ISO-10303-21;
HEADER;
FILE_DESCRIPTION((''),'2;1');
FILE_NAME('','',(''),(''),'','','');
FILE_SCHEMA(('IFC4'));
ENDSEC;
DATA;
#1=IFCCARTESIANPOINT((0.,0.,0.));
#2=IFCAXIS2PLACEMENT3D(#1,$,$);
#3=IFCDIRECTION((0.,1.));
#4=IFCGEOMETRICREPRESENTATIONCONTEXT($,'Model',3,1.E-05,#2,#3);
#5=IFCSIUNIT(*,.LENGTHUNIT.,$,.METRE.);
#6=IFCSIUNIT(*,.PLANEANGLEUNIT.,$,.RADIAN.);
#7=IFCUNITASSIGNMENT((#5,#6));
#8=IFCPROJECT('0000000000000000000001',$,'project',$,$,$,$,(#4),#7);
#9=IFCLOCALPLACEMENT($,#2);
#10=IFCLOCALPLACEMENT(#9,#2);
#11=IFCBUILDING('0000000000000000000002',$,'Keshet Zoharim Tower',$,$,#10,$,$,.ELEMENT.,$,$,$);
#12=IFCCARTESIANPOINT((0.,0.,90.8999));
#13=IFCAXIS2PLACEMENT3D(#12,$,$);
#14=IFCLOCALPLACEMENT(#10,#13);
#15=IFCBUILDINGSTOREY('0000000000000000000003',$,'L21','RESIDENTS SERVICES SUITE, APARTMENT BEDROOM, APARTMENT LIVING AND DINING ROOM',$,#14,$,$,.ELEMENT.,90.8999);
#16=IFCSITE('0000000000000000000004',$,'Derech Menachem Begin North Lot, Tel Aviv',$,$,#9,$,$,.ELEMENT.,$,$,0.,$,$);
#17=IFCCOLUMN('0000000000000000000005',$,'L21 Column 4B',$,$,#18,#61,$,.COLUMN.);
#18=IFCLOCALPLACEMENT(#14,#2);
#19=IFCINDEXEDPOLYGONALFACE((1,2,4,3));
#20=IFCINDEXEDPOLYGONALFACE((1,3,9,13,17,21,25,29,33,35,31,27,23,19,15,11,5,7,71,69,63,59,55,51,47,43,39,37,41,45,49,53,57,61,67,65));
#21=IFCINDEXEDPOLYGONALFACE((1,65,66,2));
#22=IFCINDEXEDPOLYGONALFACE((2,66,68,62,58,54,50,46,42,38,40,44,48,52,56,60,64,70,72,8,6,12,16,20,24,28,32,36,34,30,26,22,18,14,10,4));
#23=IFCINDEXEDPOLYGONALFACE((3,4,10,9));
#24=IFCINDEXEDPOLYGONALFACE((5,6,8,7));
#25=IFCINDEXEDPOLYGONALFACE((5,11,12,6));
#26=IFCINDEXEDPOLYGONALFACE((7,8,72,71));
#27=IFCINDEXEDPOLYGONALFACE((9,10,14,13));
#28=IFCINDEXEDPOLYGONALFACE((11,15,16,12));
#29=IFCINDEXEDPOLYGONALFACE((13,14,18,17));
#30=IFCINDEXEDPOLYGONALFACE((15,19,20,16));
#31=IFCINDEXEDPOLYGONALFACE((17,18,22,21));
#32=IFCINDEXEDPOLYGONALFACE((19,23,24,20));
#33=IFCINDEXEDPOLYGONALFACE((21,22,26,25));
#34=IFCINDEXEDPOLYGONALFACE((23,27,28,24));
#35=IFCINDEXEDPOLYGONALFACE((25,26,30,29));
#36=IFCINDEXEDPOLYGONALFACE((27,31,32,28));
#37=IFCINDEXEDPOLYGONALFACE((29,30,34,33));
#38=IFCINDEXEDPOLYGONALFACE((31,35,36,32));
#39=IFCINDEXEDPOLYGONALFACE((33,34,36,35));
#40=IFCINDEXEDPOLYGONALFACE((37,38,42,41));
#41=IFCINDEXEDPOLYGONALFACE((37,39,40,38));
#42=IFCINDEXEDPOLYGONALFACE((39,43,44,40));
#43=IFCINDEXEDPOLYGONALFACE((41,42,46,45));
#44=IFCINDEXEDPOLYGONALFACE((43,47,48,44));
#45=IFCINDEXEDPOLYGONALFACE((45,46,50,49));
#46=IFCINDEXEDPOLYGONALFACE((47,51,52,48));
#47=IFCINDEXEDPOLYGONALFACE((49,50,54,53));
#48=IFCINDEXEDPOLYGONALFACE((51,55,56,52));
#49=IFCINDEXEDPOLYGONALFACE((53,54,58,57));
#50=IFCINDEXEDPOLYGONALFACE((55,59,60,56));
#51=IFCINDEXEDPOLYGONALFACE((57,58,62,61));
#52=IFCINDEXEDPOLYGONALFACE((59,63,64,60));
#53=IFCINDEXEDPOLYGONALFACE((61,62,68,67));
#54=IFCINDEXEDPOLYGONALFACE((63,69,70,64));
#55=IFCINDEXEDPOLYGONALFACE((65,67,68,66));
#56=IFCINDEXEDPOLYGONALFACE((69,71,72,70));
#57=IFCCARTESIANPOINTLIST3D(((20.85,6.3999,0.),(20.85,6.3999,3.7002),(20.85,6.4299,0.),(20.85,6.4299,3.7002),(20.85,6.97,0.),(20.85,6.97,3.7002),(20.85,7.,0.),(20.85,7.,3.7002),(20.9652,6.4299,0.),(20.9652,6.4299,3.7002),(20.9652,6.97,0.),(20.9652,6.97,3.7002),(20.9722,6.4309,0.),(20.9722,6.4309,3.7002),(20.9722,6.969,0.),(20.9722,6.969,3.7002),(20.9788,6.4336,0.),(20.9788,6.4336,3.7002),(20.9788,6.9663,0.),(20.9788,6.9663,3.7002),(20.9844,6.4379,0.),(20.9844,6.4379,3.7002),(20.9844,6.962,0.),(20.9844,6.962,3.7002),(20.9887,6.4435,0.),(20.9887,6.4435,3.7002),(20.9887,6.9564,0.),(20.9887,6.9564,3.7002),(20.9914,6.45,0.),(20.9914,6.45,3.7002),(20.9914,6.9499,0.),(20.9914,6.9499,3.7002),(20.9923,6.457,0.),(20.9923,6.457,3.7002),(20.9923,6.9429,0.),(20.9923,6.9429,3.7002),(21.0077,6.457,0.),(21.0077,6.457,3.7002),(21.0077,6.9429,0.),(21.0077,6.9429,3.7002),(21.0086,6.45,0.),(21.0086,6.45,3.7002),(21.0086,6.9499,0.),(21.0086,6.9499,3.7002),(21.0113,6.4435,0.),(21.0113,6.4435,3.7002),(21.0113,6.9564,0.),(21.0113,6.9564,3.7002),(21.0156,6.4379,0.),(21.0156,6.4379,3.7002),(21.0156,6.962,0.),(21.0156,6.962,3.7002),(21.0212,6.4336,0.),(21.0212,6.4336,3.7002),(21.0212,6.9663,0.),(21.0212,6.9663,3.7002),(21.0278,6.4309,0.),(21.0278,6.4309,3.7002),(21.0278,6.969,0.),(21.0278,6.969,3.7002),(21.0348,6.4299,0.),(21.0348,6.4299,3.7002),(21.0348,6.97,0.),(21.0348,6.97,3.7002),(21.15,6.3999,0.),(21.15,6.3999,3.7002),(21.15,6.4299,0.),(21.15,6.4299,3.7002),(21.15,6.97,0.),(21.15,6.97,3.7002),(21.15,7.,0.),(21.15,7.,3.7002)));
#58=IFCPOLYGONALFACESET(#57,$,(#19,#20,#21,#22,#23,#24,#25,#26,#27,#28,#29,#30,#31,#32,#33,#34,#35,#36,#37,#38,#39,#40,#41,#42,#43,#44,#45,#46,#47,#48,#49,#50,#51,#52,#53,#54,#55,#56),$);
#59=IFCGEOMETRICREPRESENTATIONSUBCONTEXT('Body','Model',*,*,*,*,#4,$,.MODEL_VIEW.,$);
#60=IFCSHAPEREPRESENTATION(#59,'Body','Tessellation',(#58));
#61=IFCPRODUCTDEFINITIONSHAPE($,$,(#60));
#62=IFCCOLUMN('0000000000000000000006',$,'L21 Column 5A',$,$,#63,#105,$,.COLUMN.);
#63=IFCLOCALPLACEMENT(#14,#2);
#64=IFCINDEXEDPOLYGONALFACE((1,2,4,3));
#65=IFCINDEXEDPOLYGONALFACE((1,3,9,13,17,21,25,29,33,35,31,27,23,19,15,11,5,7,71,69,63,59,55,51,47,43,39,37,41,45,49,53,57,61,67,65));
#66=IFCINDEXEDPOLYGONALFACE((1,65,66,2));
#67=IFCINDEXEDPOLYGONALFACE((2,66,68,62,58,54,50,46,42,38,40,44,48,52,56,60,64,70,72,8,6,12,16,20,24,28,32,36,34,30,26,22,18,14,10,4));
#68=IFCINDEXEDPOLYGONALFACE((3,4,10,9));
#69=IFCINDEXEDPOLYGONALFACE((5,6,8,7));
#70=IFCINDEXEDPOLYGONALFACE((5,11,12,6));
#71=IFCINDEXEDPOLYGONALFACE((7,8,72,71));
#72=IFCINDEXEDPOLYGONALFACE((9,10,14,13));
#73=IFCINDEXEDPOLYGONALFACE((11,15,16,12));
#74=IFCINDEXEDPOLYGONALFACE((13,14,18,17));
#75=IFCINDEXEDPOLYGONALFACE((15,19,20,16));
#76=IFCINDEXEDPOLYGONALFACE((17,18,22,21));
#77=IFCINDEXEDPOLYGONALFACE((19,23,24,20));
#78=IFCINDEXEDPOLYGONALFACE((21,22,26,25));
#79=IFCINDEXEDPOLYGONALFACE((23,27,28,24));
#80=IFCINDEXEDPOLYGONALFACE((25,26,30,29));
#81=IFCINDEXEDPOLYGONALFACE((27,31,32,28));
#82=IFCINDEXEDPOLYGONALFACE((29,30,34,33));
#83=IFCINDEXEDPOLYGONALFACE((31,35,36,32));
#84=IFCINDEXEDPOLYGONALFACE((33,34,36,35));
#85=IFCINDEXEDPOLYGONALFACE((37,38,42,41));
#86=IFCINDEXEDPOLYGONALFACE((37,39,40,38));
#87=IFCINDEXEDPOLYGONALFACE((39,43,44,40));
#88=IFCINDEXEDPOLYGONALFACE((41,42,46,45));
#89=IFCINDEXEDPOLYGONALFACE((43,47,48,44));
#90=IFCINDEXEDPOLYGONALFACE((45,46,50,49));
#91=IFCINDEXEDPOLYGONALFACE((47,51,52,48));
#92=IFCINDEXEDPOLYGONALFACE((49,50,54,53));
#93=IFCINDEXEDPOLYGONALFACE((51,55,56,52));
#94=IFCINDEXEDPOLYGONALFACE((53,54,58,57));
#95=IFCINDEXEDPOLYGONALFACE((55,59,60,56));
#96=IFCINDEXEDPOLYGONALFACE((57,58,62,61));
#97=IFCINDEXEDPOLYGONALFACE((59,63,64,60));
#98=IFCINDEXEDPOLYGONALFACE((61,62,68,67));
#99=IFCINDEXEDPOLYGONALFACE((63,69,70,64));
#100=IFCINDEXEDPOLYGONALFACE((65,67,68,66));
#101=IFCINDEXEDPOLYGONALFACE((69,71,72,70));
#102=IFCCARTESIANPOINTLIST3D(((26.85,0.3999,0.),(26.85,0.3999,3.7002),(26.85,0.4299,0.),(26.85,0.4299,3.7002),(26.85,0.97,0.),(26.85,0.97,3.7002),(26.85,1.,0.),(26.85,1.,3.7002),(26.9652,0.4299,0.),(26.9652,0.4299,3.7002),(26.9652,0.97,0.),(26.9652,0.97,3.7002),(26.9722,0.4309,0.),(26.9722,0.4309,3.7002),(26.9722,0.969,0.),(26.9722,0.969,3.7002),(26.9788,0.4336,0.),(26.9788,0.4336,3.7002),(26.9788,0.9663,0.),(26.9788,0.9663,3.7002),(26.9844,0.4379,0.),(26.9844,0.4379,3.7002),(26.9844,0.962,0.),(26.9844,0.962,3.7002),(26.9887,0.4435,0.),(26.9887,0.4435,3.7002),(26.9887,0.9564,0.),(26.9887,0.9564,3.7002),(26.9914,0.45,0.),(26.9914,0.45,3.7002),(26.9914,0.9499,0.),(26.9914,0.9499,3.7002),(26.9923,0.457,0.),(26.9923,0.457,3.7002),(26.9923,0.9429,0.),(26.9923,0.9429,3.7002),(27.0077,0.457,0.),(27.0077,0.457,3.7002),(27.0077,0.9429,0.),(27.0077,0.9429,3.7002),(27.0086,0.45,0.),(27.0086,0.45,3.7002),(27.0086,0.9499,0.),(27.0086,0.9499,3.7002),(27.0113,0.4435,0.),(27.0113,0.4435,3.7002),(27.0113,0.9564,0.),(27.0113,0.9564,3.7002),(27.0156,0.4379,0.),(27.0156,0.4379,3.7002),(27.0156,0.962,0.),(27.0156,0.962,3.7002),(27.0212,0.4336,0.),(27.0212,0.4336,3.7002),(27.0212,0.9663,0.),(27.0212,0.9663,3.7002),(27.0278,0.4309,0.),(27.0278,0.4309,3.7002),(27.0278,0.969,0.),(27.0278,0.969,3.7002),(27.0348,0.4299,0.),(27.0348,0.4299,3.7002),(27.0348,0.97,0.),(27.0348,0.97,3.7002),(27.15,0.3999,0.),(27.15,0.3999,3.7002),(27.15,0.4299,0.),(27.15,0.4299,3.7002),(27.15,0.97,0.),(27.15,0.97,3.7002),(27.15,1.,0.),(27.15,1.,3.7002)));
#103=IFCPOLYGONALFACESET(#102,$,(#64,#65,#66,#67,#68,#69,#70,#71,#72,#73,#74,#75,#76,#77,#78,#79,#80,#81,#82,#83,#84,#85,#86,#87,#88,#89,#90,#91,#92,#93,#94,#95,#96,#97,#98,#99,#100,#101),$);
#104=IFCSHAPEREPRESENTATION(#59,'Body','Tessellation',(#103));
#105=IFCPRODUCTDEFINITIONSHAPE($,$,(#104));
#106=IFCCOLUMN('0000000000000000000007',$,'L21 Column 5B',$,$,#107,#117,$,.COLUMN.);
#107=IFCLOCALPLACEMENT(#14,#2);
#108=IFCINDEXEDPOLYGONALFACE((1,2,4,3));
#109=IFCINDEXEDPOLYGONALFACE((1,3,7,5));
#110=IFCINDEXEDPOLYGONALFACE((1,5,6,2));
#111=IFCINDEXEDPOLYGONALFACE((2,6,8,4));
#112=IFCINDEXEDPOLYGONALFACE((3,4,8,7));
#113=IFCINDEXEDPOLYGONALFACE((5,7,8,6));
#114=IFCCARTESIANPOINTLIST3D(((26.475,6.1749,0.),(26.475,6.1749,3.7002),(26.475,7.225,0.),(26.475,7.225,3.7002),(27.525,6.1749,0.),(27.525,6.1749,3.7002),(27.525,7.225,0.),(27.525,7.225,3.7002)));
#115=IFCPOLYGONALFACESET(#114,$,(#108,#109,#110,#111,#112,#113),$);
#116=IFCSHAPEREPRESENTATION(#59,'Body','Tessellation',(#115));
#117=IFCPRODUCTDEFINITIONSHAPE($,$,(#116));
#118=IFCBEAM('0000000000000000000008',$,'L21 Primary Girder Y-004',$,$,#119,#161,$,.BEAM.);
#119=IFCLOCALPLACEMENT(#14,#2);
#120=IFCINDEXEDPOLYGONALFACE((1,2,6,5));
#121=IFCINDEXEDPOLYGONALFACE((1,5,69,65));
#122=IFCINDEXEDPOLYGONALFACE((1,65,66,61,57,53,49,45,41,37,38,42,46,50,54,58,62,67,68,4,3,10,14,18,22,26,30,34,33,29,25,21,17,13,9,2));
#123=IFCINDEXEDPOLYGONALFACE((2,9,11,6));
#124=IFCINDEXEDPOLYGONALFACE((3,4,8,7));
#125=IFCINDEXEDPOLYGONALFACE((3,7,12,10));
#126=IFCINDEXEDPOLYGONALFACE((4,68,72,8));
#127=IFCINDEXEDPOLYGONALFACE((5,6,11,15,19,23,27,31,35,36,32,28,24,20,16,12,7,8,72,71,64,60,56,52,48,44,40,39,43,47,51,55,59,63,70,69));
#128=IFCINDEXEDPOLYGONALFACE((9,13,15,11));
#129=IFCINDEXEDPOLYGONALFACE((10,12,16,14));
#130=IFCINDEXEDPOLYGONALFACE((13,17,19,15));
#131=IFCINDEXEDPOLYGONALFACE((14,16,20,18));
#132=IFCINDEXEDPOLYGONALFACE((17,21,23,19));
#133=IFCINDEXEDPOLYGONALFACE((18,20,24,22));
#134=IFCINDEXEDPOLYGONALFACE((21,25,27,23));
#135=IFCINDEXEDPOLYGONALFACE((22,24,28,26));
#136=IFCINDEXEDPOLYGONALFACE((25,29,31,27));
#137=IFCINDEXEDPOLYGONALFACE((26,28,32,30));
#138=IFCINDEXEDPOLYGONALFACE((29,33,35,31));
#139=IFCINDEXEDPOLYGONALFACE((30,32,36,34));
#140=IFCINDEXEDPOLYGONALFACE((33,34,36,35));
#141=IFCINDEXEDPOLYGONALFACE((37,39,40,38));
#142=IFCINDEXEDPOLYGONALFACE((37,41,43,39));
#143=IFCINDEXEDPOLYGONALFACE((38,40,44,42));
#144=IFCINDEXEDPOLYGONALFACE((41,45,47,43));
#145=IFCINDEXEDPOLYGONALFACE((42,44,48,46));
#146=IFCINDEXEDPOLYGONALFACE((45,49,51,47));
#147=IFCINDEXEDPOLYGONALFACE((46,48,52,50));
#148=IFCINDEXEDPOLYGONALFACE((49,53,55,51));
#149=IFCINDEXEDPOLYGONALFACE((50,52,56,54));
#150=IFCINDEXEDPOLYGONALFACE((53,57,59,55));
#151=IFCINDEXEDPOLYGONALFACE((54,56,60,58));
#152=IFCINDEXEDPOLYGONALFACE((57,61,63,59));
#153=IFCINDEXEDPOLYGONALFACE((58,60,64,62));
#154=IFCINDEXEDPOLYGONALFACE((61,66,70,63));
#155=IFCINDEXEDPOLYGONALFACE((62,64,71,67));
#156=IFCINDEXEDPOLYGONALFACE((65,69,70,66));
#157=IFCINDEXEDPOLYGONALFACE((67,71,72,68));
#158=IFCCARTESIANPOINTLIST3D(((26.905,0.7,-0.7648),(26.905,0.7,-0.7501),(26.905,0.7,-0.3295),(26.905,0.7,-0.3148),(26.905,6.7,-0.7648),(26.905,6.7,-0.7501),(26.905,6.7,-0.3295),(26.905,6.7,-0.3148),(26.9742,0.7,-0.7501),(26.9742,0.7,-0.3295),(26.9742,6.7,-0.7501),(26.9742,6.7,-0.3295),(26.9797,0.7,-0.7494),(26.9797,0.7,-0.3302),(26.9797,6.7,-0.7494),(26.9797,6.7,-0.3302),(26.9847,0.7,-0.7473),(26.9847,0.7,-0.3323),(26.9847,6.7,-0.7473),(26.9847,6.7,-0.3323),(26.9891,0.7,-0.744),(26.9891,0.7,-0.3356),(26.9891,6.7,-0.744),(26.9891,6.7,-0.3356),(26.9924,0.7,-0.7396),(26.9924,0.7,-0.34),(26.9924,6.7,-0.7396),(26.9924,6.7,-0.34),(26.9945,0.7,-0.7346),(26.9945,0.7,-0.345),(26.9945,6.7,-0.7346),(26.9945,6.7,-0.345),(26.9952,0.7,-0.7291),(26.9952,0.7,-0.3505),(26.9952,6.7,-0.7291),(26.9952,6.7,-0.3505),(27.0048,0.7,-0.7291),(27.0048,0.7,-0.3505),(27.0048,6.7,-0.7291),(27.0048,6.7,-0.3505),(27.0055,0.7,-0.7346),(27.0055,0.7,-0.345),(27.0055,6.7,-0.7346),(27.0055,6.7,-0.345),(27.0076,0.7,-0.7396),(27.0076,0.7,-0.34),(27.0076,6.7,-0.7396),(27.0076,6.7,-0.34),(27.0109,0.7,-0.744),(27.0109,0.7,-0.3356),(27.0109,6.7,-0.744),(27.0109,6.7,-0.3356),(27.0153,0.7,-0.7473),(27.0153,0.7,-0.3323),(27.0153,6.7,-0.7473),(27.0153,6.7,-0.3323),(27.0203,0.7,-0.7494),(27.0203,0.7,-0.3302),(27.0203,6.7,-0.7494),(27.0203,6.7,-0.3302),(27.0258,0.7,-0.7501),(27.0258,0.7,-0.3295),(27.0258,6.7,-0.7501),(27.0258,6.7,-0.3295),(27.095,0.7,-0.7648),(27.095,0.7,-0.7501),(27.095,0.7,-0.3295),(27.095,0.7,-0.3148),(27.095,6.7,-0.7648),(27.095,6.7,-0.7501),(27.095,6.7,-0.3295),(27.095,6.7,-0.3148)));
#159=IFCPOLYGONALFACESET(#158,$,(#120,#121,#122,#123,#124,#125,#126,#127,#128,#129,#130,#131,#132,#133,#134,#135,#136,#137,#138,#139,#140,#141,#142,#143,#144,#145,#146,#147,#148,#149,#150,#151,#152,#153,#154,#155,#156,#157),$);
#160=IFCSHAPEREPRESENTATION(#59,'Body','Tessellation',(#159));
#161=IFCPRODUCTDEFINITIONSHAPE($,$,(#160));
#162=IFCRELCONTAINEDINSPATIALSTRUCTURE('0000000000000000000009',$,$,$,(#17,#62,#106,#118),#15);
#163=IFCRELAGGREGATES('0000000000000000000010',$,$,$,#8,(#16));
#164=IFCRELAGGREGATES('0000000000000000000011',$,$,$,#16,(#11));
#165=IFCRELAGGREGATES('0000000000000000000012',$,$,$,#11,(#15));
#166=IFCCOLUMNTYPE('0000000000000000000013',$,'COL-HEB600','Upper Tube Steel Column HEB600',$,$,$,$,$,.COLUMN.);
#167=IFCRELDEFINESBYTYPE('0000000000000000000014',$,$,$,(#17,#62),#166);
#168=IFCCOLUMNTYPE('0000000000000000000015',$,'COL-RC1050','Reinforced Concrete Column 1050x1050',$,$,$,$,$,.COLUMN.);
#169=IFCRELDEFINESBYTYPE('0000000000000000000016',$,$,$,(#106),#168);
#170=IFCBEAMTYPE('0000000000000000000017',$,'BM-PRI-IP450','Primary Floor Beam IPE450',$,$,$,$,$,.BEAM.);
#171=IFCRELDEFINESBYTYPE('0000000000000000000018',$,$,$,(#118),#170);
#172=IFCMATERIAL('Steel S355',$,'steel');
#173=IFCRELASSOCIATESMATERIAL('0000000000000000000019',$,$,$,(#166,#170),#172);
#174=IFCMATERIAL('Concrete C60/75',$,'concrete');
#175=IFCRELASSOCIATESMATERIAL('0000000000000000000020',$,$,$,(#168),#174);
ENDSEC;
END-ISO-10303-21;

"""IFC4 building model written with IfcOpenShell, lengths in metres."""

from ifc_helpers import new_model, si_unit, direction, frame, origin, origin_2d, place, context, subcontext, project, spatial, rectangle, i_section, extrude, material, material_profile, profile_set, type_object, element, save


model = new_model("IFC4")

# Units and contexts
model_context = context("Model", 3, precision=1e-05, world=origin(), true_north=direction((0.0, 1.0)))
body_context = subcontext(model_context, "Body", "Model", "MODEL_VIEW")
ifc_project = project(units=[si_unit("LENGTHUNIT", "METRE"), si_unit("PLANEANGLEUNIT", "RADIAN")], contexts=[model_context])

# Site, building, storey
site_placement = place(None, origin())
site = spatial("IfcSite", under=ifc_project, at=site_placement, Name="Derech Menachem Begin North Lot, Tel Aviv", CompositionType="ELEMENT", RefElevation=0.0)
building_placement = place(site_placement, origin())
building = spatial("IfcBuilding", under=site, at=building_placement, Name="Keshet Zoharim Tower", CompositionType="ELEMENT")
storey_placement = place(building_placement, frame((0.0, 0.0, 90.8999)))
storey = spatial("IfcBuildingStorey", under=building, at=storey_placement, Name="L21", Description="RESIDENTS SERVICES SUITE, APARTMENT BEDROOM, APARTMENT LIVING AND DINING ROOM", CompositionType="ELEMENT", Elevation=90.8999)

# Columns
ifc_material_1 = material(Name="Steel S355", Category="steel")
ifc_material_profile_1 = material_profile(ifc_material_1, i_section(OverallWidth=0.3, OverallDepth=0.6001, WebThickness=0.0154, FlangeThickness=0.03, FilletRadius=0.0271, at=origin_2d()), Name="HEB600")
ifc_profile_set_1 = profile_set([ifc_material_profile_1], Name="Steel S355")
column_type_1 = type_object("IfcColumnType", Name="COL-HEB600", Description="Upper Tube Steel Column HEB600", PredefinedType="COLUMN", material=ifc_profile_set_1)
for number, where, z_axis, x_axis, name in (
    (1, (21.0, 6.7, 0.0), (0.0, 0.0, 1.0), (1.0, 0.0, 0.0), "L21 Column 4B"),
    (2, (27.0, 0.7, 0.0), (0.0, 0.0, 1.0), (1.0, 0.0, 0.0), "L21 Column 5A"),
):
    element("IfcColumn", number, at=place(storey_placement, frame(where, z_axis=z_axis, x_axis=x_axis)), inside=storey, type_object=column_type_1, Name=name, PredefinedType="COLUMN", context=body_context, shape_type="SweptSolid", body=[
        extrude(i_section(OverallWidth=0.3, OverallDepth=0.6001, WebThickness=0.0154, FlangeThickness=0.03, FilletRadius=0.0271, at=origin_2d()), origin(), (0.0, 0.0, 1.0), 3.7002),
    ])
ifc_material_2 = material(Name="Concrete C60/75", Category="concrete")
ifc_material_profile_2 = material_profile(ifc_material_2, rectangle(XDim=1.05, YDim=1.05, at=origin_2d()), Name="RC1050x1050")
ifc_profile_set_2 = profile_set([ifc_material_profile_2], Name="Concrete C60/75")
column_type_2 = type_object("IfcColumnType", Name="COL-RC1050", Description="Reinforced Concrete Column 1050x1050", PredefinedType="COLUMN", material=ifc_profile_set_2)
column_placement = place(storey_placement, frame((27.0, 6.7, 0.0), z_axis=(0.0, 0.0, 1.0), x_axis=(1.0, 0.0, 0.0)))
element("IfcColumn", 3, at=column_placement, inside=storey, type_object=column_type_2, Name="L21 Column 5B", PredefinedType="COLUMN", context=body_context, shape_type="SweptSolid", body=[
    extrude(rectangle(XDim=1.05, YDim=1.05, at=origin_2d()), origin(), (0.0, 0.0, 1.0), 3.7002),
])

# Beam
ifc_material_profile_3 = material_profile(ifc_material_1, i_section(OverallWidth=0.1899, OverallDepth=0.45, WebThickness=0.0095, FlangeThickness=0.0146, FilletRadius=0.021, at=origin_2d()), Name="IPE450")
ifc_profile_set_3 = profile_set([ifc_material_profile_3], Name="Steel S355")
beam_type_1 = type_object("IfcBeamType", Name="BM-PRI-IP450", Description="Primary Floor Beam IPE450", PredefinedType="BEAM", material=ifc_profile_set_3)
beam_1_placement = place(storey_placement, frame((27.0, 0.7, -0.5398), z_axis=(0.0, 1.0, 0.0), x_axis=(-1.0, 0.0, 0.0)))
element("IfcBeam", 4, at=beam_1_placement, inside=storey, type_object=beam_type_1, Name="L21 Primary Girder Y-004", PredefinedType="BEAM", context=body_context, shape_type="SweptSolid", body=[
    extrude(i_section(OverallWidth=0.1899, OverallDepth=0.45, WebThickness=0.0095, FlangeThickness=0.0146, FilletRadius=0.021, at=origin_2d()), origin(), (0.0, 0.0, 1.0), 6.0),
])

save(model, "model.ifc")
